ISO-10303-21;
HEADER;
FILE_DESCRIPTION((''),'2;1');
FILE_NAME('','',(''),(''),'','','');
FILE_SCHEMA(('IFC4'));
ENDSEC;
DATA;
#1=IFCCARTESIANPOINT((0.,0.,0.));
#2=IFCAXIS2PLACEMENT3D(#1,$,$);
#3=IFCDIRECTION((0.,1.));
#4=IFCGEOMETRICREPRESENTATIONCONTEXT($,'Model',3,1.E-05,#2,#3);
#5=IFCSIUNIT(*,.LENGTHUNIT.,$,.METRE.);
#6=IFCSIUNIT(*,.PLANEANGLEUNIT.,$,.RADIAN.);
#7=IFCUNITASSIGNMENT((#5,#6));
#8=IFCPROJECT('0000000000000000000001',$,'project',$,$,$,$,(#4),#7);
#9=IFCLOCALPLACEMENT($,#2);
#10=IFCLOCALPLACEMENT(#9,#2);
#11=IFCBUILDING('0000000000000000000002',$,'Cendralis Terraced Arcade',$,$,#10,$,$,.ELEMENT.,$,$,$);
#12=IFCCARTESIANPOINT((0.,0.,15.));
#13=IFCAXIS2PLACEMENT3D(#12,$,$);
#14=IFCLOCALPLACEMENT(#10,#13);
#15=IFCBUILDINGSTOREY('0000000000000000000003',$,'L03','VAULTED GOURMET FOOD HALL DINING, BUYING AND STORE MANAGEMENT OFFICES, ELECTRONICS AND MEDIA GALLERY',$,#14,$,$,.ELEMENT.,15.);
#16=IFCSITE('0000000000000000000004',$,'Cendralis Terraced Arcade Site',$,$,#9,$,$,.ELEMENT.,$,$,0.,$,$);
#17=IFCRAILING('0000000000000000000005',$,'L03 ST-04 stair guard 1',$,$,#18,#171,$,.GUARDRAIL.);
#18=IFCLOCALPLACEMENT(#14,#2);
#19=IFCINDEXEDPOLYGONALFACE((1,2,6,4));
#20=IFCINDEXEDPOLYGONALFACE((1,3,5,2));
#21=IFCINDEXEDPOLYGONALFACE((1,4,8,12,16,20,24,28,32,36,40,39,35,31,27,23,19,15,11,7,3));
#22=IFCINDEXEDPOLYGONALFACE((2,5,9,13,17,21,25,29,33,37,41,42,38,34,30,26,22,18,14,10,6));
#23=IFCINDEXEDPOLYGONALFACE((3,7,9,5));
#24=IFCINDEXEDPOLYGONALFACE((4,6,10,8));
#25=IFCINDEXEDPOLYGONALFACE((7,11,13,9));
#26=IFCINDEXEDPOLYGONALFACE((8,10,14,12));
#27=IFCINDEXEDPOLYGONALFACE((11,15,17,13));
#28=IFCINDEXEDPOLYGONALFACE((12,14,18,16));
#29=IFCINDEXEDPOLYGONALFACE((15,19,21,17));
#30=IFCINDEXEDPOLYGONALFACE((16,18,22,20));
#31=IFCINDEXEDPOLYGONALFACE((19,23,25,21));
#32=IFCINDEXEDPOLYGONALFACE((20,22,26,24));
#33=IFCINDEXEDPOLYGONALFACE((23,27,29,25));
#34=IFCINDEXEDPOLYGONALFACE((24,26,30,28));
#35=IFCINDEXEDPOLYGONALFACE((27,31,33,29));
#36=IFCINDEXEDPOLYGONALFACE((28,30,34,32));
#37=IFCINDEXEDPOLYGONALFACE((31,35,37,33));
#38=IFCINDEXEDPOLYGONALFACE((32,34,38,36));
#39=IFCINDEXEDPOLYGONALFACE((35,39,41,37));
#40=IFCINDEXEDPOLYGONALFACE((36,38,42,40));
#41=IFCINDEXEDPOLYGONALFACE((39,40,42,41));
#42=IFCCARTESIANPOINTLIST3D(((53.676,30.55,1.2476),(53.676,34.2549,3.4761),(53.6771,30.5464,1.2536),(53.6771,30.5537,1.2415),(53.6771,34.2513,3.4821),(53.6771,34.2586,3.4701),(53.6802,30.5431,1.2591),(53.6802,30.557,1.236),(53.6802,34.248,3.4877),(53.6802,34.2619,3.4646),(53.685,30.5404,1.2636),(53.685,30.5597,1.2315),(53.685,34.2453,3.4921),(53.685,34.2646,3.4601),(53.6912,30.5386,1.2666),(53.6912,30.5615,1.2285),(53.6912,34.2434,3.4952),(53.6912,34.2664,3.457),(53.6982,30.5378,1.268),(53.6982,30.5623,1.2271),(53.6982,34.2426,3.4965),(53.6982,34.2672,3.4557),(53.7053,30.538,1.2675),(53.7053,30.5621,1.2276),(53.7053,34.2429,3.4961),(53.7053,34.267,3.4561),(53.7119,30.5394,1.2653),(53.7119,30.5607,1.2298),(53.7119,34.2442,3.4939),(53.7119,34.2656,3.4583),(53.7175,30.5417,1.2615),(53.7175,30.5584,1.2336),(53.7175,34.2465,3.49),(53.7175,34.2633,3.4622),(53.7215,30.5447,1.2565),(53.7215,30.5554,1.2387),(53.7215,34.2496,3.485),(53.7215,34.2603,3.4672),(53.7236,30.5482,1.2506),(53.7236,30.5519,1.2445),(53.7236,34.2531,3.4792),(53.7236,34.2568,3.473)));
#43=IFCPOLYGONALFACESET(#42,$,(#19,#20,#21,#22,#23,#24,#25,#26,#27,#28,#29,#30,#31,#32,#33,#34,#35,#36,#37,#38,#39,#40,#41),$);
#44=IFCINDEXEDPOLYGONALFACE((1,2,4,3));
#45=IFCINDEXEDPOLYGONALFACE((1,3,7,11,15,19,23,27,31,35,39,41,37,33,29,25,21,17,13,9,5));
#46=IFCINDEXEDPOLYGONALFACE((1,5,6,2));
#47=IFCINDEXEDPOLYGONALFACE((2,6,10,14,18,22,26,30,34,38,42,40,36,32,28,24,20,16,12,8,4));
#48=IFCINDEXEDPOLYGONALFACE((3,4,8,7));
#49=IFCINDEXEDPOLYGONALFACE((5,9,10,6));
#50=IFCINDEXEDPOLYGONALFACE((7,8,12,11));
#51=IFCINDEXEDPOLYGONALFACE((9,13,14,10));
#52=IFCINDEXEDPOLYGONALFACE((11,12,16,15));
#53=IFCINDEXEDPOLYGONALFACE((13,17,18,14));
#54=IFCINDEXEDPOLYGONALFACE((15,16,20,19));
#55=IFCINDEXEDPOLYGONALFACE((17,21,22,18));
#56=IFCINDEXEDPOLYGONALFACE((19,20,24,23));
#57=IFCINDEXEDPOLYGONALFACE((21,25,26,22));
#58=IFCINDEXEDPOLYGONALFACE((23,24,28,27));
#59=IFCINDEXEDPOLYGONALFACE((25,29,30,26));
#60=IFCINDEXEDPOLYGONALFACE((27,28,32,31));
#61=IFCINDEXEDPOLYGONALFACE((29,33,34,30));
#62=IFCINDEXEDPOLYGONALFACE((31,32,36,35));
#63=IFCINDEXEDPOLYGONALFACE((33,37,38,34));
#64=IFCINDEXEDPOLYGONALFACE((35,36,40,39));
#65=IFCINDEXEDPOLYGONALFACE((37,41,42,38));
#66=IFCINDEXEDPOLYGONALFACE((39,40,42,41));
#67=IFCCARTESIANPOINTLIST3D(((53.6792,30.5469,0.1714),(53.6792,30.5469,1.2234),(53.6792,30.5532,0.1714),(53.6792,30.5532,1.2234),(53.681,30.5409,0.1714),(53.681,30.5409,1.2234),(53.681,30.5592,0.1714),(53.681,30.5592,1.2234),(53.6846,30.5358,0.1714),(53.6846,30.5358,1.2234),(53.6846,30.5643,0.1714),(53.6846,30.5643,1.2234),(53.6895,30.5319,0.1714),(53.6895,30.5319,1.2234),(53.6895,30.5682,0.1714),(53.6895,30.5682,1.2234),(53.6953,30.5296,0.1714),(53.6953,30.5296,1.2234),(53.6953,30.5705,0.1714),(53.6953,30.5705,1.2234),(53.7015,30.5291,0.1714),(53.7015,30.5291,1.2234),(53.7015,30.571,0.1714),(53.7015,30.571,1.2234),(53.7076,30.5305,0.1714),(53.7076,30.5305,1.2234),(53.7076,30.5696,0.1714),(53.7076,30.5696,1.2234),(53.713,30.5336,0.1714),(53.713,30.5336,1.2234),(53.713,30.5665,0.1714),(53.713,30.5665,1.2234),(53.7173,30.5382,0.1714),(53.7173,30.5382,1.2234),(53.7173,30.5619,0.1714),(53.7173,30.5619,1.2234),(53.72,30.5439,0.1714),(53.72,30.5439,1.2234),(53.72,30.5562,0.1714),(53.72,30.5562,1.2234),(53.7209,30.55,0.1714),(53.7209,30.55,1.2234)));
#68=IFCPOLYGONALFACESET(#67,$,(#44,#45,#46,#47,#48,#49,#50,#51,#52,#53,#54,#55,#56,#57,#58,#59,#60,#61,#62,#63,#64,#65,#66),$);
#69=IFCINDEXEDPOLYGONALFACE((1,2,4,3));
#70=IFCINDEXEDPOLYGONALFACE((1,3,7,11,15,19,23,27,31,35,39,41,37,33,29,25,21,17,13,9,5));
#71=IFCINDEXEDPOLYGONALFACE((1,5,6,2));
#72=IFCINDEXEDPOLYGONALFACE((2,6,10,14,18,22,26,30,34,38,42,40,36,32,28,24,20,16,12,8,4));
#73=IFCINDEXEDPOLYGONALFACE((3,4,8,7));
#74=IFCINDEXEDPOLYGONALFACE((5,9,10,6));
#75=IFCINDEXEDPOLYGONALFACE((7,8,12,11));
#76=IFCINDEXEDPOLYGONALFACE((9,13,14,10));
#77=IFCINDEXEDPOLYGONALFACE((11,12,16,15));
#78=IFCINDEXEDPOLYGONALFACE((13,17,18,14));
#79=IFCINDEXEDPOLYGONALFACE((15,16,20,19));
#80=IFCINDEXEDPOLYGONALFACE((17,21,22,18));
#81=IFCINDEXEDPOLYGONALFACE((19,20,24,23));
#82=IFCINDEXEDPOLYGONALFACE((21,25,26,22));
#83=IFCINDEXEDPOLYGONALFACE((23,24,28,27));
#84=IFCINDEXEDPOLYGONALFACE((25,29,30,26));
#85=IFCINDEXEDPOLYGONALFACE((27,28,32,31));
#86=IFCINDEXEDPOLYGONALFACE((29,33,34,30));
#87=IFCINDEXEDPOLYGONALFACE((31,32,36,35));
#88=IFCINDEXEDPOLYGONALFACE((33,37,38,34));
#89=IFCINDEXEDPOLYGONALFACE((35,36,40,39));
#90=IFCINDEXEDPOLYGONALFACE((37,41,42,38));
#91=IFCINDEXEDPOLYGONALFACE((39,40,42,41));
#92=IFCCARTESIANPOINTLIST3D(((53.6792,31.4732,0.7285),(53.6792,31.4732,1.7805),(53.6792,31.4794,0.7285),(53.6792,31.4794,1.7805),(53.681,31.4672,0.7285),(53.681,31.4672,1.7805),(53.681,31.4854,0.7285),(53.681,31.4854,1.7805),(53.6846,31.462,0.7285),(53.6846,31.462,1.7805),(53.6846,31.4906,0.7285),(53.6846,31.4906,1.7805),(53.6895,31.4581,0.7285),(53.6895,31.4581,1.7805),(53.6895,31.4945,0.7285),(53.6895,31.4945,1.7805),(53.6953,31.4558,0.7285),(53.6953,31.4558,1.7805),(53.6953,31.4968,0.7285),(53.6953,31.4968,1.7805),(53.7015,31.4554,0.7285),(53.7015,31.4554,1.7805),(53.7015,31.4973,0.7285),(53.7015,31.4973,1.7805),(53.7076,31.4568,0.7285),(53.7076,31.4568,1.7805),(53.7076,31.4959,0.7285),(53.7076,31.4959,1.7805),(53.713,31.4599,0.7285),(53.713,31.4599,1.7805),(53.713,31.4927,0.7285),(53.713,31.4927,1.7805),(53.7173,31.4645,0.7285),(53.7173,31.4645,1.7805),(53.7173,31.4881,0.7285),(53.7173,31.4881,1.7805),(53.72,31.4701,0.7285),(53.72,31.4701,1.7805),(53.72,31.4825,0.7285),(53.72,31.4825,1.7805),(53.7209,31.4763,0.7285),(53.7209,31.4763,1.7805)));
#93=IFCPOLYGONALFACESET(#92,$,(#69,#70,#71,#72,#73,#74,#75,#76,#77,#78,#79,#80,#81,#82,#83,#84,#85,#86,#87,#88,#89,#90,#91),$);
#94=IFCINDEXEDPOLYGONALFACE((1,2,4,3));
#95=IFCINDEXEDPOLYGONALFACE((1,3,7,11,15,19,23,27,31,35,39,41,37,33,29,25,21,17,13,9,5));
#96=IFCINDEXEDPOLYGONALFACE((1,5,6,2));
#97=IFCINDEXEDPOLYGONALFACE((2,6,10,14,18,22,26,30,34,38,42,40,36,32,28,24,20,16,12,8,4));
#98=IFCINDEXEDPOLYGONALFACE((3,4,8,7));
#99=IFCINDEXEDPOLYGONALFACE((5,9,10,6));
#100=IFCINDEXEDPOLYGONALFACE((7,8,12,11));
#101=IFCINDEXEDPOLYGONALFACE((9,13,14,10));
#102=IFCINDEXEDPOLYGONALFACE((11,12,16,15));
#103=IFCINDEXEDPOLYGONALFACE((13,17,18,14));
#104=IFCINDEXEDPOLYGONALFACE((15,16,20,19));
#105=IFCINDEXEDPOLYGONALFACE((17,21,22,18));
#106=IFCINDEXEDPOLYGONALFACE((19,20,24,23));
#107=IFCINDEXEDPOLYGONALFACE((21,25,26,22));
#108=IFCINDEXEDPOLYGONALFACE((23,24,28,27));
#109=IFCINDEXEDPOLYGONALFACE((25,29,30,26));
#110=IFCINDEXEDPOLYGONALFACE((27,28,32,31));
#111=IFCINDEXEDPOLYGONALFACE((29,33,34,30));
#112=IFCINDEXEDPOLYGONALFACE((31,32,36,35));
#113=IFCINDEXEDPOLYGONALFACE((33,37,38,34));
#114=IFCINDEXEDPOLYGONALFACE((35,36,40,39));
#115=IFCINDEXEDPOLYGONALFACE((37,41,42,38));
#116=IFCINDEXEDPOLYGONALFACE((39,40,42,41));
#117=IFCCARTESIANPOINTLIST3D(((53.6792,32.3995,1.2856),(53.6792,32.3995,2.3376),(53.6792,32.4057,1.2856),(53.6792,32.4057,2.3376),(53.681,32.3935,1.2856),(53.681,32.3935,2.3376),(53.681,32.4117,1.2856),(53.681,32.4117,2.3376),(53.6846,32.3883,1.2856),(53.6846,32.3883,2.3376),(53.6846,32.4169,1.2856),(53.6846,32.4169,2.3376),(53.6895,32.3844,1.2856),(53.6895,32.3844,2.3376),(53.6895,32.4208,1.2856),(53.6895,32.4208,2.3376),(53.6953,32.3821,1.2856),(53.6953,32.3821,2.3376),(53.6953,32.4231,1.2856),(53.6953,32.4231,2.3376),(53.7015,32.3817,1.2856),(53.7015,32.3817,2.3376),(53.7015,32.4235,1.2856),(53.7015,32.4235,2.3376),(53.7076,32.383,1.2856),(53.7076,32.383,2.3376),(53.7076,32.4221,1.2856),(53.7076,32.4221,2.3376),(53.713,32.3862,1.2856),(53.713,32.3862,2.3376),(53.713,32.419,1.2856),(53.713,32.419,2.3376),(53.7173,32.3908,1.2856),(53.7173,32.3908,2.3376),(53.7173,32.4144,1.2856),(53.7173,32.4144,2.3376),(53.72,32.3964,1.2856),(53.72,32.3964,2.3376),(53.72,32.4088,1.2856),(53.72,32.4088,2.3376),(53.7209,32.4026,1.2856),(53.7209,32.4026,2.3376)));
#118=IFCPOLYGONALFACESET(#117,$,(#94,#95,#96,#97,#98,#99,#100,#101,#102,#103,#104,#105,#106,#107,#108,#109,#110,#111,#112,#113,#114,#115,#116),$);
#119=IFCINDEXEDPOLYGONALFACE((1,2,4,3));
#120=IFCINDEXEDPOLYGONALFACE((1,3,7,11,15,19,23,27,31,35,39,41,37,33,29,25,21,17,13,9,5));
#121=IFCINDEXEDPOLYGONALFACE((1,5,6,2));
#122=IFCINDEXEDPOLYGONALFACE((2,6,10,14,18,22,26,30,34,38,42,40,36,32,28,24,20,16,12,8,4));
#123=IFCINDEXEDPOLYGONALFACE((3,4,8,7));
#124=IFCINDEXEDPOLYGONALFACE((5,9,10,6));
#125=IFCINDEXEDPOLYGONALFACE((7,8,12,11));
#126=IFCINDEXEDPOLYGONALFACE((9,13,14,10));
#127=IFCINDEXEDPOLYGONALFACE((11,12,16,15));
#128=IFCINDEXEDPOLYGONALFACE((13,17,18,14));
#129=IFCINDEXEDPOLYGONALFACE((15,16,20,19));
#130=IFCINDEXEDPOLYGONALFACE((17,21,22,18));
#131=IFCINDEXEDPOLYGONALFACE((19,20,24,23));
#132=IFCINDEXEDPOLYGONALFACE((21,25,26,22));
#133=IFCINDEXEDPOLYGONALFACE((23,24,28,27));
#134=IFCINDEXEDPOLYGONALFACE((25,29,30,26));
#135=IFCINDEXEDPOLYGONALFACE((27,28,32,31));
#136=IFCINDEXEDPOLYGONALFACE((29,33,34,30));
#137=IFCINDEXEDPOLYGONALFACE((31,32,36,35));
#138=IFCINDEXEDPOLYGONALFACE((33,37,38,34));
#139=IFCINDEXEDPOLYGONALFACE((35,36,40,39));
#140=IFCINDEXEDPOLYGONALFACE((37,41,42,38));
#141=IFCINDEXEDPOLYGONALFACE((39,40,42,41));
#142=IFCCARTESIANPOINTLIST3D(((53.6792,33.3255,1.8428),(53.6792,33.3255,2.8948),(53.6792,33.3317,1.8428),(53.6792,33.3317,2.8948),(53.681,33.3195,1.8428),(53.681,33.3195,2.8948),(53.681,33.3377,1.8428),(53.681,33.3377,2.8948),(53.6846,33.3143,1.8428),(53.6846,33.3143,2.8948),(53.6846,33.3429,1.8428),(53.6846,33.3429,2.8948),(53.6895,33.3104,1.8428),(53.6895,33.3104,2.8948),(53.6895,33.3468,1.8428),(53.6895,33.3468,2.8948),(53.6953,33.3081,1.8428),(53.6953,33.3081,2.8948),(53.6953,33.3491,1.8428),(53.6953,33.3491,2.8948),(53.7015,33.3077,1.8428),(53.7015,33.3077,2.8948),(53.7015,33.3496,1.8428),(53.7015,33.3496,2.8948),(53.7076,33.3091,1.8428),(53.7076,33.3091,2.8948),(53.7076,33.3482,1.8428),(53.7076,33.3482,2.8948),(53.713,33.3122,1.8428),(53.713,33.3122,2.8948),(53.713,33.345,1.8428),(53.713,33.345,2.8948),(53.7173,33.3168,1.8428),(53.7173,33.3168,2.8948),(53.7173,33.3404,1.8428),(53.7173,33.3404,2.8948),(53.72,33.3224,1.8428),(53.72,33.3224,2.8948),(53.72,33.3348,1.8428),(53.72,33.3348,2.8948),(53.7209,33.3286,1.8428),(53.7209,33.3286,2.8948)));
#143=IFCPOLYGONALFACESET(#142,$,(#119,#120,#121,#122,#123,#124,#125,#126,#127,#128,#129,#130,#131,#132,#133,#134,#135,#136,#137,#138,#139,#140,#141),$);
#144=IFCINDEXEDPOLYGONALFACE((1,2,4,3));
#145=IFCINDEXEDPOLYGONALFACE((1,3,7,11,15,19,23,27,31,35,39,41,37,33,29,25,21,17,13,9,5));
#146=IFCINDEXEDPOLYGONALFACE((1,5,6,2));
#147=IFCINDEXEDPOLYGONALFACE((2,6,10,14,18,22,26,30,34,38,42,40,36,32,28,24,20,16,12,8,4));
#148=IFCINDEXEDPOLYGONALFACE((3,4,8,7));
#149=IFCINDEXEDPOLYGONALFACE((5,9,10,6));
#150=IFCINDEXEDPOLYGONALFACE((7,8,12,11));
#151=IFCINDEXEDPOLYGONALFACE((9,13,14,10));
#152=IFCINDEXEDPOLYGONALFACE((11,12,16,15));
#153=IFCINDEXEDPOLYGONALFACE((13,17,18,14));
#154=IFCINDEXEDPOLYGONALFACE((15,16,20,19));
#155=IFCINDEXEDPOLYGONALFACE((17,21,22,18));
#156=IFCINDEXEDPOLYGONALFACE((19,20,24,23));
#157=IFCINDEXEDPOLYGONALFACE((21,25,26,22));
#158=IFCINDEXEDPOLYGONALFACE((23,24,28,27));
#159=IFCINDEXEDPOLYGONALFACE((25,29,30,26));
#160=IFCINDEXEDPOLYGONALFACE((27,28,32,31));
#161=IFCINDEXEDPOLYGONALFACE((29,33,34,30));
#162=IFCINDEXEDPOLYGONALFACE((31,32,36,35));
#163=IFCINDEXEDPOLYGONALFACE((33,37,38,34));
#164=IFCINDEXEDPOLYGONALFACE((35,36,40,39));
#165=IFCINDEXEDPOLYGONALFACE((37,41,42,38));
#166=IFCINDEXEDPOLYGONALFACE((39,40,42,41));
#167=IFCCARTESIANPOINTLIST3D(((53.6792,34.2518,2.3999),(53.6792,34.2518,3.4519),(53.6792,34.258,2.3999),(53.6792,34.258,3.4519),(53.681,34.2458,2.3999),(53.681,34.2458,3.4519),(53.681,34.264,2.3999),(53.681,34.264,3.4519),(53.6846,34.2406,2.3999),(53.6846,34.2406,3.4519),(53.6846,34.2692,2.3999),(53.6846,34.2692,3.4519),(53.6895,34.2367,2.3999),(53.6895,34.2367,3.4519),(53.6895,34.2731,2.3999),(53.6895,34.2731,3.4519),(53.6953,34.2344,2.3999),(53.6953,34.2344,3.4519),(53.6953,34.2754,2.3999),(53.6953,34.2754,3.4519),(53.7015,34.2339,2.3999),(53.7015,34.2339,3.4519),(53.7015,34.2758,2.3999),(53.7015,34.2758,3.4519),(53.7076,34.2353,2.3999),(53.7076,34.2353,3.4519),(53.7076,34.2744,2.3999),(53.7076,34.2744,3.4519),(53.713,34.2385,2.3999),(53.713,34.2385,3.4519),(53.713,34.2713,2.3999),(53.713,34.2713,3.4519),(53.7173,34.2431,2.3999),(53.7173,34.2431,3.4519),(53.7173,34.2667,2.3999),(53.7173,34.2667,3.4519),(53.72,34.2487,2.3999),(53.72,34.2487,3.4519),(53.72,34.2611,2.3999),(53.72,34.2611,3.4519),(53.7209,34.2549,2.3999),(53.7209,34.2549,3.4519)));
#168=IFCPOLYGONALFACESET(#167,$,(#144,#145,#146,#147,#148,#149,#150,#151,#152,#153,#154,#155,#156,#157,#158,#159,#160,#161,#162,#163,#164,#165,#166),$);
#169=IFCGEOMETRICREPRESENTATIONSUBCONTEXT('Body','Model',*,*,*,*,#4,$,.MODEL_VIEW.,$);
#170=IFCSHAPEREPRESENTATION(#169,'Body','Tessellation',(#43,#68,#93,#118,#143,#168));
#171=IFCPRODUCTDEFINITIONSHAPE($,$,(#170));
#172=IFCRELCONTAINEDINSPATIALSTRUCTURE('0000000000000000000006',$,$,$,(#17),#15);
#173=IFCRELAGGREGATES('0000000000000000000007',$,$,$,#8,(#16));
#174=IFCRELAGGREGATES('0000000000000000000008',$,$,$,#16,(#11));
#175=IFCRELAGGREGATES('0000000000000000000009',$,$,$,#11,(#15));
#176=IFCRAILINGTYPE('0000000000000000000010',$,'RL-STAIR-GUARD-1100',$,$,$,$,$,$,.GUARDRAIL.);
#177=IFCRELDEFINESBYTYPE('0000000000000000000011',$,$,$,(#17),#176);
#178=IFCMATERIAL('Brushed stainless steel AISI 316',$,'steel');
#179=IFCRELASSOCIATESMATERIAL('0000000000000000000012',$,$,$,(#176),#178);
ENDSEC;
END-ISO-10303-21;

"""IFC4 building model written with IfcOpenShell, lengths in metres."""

from ifc_helpers import new_model, si_unit, direction, frame, origin, origin_2d, place, context, subcontext, project, spatial, circle, extrude, material, type_object, element, save


model = new_model("IFC4")

# Units and contexts
model_context = context("Model", 3, precision=1e-05, world=origin(), true_north=direction((0.0, 1.0)))
body_context = subcontext(model_context, "Body", "Model", "MODEL_VIEW")
ifc_project = project(units=[si_unit("LENGTHUNIT", "METRE"), si_unit("PLANEANGLEUNIT", "RADIAN")], contexts=[model_context])

# Site, building, storey
site_placement = place(None, origin())
site = spatial("IfcSite", under=ifc_project, at=site_placement, Name="Cendralis Terraced Arcade Site", CompositionType="ELEMENT", RefElevation=0.0)
building_placement = place(site_placement, origin())
building = spatial("IfcBuilding", under=site, at=building_placement, Name="Cendralis Terraced Arcade", CompositionType="ELEMENT")
storey_placement = place(building_placement, frame((0.0, 0.0, 15.0)))
storey = spatial("IfcBuildingStorey", under=building, at=storey_placement, Name="L03", Description="VAULTED GOURMET FOOD HALL DINING, BUYING AND STORE MANAGEMENT OFFICES, ELECTRONICS AND MEDIA GALLERY", CompositionType="ELEMENT", Elevation=15.0)

# Railing
ifc_material_1 = material(Name="Brushed stainless steel AISI 316", Category="steel")
railing_type_1 = type_object("IfcRailingType", Name="RL-STAIR-GUARD-1100", PredefinedType="GUARDRAIL", material=ifc_material_1)
railing_1_placement = place(storey_placement, frame((53.7, 30.55, 0.1714)))
element("IfcRailing", 1, at=railing_1_placement, inside=storey, type_object=railing_type_1, Name="L03 ST-04 stair guard 1", PredefinedType="GUARDRAIL", context=body_context, shape_type="SweptSolid", body=[
    extrude(circle(Radius=0.0239, at=origin_2d()), frame((0.0, 0.0, 1.0762), z_axis=(0.0, 0.856919, 0.51545), x_axis=(-1.0, 0.0, 0.0)), (0.0, 0.0, 1.0), 4.3235),
    extrude(circle(Radius=0.021, at=origin_2d()), origin(), (0.0, 0.0, 1.0), 1.052),
    extrude(circle(Radius=0.021, at=origin_2d()), frame((0.0, 0.9263, 0.5571)), (0.0, 0.0, 1.0), 1.052),
    extrude(circle(Radius=0.021, at=origin_2d()), frame((0.0, 1.8525, 1.1143)), (0.0, 0.0, 1.0), 1.052),
    extrude(circle(Radius=0.021, at=origin_2d()), frame((0.0, 2.7786, 1.6714)), (0.0, 0.0, 1.0), 1.052),
    extrude(circle(Radius=0.021, at=origin_2d()), frame((0.0, 3.7048, 2.2285)), (0.0, 0.0, 1.0), 1.052),
])

save(model, "model.ifc")
